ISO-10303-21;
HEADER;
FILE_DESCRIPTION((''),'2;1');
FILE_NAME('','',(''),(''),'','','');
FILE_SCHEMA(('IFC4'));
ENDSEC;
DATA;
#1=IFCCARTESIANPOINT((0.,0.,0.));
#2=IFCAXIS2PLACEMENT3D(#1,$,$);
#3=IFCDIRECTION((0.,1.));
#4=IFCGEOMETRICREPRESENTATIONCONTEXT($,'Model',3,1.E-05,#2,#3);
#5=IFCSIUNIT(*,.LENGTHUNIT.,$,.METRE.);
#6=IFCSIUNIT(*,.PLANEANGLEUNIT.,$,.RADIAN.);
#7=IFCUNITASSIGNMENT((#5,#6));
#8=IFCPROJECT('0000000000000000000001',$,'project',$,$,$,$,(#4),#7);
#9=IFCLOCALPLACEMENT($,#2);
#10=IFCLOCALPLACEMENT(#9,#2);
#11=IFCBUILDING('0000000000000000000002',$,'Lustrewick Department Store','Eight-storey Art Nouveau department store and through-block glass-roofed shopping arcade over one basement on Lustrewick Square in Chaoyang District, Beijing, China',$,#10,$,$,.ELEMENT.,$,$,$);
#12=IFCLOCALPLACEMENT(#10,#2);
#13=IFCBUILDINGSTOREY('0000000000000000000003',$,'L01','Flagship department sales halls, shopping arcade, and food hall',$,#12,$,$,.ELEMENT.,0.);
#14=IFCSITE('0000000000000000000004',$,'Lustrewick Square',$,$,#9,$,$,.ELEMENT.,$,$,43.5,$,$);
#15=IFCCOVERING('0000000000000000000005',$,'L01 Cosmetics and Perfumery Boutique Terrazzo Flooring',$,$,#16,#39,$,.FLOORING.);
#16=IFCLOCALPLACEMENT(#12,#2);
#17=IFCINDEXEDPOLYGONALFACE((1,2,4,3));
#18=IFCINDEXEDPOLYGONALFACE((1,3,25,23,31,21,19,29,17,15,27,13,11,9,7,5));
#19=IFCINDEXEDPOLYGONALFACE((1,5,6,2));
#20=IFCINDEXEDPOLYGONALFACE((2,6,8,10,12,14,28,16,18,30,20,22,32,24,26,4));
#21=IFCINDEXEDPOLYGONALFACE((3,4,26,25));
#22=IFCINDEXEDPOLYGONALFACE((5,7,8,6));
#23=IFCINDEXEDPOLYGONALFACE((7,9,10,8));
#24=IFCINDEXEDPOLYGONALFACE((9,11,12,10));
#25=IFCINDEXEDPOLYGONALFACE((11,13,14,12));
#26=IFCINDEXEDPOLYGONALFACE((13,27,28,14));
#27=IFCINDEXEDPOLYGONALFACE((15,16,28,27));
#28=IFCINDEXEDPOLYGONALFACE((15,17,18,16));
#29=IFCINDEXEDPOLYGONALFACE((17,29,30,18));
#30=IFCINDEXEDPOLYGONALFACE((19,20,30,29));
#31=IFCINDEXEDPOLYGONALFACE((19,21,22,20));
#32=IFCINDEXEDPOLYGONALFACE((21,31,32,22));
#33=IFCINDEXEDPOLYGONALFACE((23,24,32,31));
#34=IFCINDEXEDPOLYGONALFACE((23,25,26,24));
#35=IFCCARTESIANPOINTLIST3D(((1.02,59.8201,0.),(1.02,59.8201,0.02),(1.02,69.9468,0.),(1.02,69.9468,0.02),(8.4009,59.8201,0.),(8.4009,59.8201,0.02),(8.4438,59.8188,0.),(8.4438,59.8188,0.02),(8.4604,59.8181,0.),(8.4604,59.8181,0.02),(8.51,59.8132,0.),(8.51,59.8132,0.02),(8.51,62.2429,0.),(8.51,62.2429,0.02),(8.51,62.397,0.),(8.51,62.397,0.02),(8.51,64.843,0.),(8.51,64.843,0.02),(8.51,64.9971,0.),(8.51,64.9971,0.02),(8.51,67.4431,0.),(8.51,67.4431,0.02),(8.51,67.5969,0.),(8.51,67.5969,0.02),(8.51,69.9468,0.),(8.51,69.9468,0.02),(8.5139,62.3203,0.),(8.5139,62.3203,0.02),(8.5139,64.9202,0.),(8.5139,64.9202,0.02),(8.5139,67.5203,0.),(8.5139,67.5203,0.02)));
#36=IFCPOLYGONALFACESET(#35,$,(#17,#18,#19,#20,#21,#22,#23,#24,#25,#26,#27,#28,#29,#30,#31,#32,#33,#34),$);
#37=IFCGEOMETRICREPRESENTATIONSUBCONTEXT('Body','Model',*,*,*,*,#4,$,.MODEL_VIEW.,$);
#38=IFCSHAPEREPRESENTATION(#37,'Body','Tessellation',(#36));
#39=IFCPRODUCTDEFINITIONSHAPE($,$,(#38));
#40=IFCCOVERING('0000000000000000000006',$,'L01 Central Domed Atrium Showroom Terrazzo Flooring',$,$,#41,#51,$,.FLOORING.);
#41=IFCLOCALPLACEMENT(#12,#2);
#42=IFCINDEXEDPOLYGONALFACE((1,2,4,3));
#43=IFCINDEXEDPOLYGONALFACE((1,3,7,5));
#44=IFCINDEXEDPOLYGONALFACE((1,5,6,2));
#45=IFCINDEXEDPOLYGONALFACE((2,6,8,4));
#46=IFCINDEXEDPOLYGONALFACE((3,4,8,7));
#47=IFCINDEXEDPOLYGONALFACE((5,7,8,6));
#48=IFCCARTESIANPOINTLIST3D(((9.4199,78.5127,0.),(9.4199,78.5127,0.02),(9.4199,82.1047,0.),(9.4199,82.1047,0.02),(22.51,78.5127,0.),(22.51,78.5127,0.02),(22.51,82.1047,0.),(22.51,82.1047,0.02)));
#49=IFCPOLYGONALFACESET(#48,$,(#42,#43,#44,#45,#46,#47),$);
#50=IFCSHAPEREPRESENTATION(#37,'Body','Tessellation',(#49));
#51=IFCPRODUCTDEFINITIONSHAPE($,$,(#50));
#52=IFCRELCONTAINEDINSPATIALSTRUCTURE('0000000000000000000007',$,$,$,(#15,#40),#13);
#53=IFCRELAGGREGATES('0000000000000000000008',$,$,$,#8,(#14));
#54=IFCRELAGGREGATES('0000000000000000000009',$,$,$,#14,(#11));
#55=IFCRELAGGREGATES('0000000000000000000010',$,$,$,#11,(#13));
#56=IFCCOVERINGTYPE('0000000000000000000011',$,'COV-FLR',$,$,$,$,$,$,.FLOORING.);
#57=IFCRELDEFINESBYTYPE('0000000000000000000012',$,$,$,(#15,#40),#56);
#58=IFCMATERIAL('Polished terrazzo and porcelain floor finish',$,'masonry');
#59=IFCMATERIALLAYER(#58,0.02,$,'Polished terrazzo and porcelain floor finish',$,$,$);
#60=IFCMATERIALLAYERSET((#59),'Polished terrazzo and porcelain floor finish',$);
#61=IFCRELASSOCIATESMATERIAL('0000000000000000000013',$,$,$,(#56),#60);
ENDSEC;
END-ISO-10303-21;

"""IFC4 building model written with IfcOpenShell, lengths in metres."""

from ifc_helpers import new_model, si_unit, direction, origin, place, context, subcontext, project, spatial, polyline, outline, extrude, material, layer, layer_set, type_object, element, save


model = new_model("IFC4")

# Units and contexts
model_context = context("Model", 3, precision=1e-05, world=origin(), true_north=direction((0.0, 1.0)))
body_context = subcontext(model_context, "Body", "Model", "MODEL_VIEW")
ifc_project = project(units=[si_unit("LENGTHUNIT", "METRE"), si_unit("PLANEANGLEUNIT", "RADIAN")], contexts=[model_context])

# Site, building, storey
site_placement = place(None, origin())
site = spatial("IfcSite", under=ifc_project, at=site_placement, Name="Lustrewick Square", CompositionType="ELEMENT", RefElevation=43.5)
building_placement = place(site_placement, origin())
building = spatial("IfcBuilding", under=site, at=building_placement, Name="Lustrewick Department Store", Description="Eight-storey Art Nouveau department store and through-block glass-roofed shopping arcade over one basement on Lustrewick Square in Chaoyang District, Beijing, China", CompositionType="ELEMENT")
storey_placement = place(building_placement, origin())
storey = spatial("IfcBuildingStorey", under=building, at=storey_placement, Name="L01", Description="Flagship department sales halls, shopping arcade, and food hall", CompositionType="ELEMENT", Elevation=0.0)

# Coverings
ifc_material_1 = material(Name="Polished terrazzo and porcelain floor finish", Category="masonry")
ifc_layer_1 = layer(ifc_material_1, 0.02, Name="Polished terrazzo and porcelain floor finish")
ifc_layer_set_1 = layer_set([ifc_layer_1], Name="Polished terrazzo and porcelain floor finish")
covering_type = type_object("IfcCoveringType", Name="COV-FLR", PredefinedType="FLOORING", material=ifc_layer_set_1)
covering_1_placement = place(storey_placement, origin())
element("IfcCovering", 1, at=covering_1_placement, inside=storey, type_object=covering_type, Name="L01 Cosmetics and Perfumery Boutique Terrazzo Flooring", PredefinedType="FLOORING", context=body_context, shape_type="SweptSolid", body=[
    extrude(outline(polyline([(8.51, 62.2429), (8.5139, 62.3203), (8.51, 62.397), (8.51, 64.843), (8.5139, 64.9202), (8.51, 64.9971), (8.51, 67.4431), (8.5139, 67.5203), (8.51, 67.5969), (8.51, 69.9468), (1.02, 69.9468), (1.02, 59.8201), (8.4009, 59.8201), (8.4438, 59.8188), (8.4604, 59.8181), (8.51, 59.8132), (8.51, 62.2429)])), origin(), (0.0, 0.0, 1.0), 0.02),
])
covering_2_placement = place(storey_placement, origin())
element("IfcCovering", 2, at=covering_2_placement, inside=storey, type_object=covering_type, Name="L01 Central Domed Atrium Showroom Terrazzo Flooring", PredefinedType="FLOORING", context=body_context, shape_type="SweptSolid", body=[
    extrude(outline(polyline([(22.51, 82.1047), (9.4199, 82.1047), (9.4199, 78.5127), (22.51, 78.5127), (22.51, 82.1047)])), origin(), (0.0, 0.0, 1.0), 0.02),
])

save(model, "model.ifc")
